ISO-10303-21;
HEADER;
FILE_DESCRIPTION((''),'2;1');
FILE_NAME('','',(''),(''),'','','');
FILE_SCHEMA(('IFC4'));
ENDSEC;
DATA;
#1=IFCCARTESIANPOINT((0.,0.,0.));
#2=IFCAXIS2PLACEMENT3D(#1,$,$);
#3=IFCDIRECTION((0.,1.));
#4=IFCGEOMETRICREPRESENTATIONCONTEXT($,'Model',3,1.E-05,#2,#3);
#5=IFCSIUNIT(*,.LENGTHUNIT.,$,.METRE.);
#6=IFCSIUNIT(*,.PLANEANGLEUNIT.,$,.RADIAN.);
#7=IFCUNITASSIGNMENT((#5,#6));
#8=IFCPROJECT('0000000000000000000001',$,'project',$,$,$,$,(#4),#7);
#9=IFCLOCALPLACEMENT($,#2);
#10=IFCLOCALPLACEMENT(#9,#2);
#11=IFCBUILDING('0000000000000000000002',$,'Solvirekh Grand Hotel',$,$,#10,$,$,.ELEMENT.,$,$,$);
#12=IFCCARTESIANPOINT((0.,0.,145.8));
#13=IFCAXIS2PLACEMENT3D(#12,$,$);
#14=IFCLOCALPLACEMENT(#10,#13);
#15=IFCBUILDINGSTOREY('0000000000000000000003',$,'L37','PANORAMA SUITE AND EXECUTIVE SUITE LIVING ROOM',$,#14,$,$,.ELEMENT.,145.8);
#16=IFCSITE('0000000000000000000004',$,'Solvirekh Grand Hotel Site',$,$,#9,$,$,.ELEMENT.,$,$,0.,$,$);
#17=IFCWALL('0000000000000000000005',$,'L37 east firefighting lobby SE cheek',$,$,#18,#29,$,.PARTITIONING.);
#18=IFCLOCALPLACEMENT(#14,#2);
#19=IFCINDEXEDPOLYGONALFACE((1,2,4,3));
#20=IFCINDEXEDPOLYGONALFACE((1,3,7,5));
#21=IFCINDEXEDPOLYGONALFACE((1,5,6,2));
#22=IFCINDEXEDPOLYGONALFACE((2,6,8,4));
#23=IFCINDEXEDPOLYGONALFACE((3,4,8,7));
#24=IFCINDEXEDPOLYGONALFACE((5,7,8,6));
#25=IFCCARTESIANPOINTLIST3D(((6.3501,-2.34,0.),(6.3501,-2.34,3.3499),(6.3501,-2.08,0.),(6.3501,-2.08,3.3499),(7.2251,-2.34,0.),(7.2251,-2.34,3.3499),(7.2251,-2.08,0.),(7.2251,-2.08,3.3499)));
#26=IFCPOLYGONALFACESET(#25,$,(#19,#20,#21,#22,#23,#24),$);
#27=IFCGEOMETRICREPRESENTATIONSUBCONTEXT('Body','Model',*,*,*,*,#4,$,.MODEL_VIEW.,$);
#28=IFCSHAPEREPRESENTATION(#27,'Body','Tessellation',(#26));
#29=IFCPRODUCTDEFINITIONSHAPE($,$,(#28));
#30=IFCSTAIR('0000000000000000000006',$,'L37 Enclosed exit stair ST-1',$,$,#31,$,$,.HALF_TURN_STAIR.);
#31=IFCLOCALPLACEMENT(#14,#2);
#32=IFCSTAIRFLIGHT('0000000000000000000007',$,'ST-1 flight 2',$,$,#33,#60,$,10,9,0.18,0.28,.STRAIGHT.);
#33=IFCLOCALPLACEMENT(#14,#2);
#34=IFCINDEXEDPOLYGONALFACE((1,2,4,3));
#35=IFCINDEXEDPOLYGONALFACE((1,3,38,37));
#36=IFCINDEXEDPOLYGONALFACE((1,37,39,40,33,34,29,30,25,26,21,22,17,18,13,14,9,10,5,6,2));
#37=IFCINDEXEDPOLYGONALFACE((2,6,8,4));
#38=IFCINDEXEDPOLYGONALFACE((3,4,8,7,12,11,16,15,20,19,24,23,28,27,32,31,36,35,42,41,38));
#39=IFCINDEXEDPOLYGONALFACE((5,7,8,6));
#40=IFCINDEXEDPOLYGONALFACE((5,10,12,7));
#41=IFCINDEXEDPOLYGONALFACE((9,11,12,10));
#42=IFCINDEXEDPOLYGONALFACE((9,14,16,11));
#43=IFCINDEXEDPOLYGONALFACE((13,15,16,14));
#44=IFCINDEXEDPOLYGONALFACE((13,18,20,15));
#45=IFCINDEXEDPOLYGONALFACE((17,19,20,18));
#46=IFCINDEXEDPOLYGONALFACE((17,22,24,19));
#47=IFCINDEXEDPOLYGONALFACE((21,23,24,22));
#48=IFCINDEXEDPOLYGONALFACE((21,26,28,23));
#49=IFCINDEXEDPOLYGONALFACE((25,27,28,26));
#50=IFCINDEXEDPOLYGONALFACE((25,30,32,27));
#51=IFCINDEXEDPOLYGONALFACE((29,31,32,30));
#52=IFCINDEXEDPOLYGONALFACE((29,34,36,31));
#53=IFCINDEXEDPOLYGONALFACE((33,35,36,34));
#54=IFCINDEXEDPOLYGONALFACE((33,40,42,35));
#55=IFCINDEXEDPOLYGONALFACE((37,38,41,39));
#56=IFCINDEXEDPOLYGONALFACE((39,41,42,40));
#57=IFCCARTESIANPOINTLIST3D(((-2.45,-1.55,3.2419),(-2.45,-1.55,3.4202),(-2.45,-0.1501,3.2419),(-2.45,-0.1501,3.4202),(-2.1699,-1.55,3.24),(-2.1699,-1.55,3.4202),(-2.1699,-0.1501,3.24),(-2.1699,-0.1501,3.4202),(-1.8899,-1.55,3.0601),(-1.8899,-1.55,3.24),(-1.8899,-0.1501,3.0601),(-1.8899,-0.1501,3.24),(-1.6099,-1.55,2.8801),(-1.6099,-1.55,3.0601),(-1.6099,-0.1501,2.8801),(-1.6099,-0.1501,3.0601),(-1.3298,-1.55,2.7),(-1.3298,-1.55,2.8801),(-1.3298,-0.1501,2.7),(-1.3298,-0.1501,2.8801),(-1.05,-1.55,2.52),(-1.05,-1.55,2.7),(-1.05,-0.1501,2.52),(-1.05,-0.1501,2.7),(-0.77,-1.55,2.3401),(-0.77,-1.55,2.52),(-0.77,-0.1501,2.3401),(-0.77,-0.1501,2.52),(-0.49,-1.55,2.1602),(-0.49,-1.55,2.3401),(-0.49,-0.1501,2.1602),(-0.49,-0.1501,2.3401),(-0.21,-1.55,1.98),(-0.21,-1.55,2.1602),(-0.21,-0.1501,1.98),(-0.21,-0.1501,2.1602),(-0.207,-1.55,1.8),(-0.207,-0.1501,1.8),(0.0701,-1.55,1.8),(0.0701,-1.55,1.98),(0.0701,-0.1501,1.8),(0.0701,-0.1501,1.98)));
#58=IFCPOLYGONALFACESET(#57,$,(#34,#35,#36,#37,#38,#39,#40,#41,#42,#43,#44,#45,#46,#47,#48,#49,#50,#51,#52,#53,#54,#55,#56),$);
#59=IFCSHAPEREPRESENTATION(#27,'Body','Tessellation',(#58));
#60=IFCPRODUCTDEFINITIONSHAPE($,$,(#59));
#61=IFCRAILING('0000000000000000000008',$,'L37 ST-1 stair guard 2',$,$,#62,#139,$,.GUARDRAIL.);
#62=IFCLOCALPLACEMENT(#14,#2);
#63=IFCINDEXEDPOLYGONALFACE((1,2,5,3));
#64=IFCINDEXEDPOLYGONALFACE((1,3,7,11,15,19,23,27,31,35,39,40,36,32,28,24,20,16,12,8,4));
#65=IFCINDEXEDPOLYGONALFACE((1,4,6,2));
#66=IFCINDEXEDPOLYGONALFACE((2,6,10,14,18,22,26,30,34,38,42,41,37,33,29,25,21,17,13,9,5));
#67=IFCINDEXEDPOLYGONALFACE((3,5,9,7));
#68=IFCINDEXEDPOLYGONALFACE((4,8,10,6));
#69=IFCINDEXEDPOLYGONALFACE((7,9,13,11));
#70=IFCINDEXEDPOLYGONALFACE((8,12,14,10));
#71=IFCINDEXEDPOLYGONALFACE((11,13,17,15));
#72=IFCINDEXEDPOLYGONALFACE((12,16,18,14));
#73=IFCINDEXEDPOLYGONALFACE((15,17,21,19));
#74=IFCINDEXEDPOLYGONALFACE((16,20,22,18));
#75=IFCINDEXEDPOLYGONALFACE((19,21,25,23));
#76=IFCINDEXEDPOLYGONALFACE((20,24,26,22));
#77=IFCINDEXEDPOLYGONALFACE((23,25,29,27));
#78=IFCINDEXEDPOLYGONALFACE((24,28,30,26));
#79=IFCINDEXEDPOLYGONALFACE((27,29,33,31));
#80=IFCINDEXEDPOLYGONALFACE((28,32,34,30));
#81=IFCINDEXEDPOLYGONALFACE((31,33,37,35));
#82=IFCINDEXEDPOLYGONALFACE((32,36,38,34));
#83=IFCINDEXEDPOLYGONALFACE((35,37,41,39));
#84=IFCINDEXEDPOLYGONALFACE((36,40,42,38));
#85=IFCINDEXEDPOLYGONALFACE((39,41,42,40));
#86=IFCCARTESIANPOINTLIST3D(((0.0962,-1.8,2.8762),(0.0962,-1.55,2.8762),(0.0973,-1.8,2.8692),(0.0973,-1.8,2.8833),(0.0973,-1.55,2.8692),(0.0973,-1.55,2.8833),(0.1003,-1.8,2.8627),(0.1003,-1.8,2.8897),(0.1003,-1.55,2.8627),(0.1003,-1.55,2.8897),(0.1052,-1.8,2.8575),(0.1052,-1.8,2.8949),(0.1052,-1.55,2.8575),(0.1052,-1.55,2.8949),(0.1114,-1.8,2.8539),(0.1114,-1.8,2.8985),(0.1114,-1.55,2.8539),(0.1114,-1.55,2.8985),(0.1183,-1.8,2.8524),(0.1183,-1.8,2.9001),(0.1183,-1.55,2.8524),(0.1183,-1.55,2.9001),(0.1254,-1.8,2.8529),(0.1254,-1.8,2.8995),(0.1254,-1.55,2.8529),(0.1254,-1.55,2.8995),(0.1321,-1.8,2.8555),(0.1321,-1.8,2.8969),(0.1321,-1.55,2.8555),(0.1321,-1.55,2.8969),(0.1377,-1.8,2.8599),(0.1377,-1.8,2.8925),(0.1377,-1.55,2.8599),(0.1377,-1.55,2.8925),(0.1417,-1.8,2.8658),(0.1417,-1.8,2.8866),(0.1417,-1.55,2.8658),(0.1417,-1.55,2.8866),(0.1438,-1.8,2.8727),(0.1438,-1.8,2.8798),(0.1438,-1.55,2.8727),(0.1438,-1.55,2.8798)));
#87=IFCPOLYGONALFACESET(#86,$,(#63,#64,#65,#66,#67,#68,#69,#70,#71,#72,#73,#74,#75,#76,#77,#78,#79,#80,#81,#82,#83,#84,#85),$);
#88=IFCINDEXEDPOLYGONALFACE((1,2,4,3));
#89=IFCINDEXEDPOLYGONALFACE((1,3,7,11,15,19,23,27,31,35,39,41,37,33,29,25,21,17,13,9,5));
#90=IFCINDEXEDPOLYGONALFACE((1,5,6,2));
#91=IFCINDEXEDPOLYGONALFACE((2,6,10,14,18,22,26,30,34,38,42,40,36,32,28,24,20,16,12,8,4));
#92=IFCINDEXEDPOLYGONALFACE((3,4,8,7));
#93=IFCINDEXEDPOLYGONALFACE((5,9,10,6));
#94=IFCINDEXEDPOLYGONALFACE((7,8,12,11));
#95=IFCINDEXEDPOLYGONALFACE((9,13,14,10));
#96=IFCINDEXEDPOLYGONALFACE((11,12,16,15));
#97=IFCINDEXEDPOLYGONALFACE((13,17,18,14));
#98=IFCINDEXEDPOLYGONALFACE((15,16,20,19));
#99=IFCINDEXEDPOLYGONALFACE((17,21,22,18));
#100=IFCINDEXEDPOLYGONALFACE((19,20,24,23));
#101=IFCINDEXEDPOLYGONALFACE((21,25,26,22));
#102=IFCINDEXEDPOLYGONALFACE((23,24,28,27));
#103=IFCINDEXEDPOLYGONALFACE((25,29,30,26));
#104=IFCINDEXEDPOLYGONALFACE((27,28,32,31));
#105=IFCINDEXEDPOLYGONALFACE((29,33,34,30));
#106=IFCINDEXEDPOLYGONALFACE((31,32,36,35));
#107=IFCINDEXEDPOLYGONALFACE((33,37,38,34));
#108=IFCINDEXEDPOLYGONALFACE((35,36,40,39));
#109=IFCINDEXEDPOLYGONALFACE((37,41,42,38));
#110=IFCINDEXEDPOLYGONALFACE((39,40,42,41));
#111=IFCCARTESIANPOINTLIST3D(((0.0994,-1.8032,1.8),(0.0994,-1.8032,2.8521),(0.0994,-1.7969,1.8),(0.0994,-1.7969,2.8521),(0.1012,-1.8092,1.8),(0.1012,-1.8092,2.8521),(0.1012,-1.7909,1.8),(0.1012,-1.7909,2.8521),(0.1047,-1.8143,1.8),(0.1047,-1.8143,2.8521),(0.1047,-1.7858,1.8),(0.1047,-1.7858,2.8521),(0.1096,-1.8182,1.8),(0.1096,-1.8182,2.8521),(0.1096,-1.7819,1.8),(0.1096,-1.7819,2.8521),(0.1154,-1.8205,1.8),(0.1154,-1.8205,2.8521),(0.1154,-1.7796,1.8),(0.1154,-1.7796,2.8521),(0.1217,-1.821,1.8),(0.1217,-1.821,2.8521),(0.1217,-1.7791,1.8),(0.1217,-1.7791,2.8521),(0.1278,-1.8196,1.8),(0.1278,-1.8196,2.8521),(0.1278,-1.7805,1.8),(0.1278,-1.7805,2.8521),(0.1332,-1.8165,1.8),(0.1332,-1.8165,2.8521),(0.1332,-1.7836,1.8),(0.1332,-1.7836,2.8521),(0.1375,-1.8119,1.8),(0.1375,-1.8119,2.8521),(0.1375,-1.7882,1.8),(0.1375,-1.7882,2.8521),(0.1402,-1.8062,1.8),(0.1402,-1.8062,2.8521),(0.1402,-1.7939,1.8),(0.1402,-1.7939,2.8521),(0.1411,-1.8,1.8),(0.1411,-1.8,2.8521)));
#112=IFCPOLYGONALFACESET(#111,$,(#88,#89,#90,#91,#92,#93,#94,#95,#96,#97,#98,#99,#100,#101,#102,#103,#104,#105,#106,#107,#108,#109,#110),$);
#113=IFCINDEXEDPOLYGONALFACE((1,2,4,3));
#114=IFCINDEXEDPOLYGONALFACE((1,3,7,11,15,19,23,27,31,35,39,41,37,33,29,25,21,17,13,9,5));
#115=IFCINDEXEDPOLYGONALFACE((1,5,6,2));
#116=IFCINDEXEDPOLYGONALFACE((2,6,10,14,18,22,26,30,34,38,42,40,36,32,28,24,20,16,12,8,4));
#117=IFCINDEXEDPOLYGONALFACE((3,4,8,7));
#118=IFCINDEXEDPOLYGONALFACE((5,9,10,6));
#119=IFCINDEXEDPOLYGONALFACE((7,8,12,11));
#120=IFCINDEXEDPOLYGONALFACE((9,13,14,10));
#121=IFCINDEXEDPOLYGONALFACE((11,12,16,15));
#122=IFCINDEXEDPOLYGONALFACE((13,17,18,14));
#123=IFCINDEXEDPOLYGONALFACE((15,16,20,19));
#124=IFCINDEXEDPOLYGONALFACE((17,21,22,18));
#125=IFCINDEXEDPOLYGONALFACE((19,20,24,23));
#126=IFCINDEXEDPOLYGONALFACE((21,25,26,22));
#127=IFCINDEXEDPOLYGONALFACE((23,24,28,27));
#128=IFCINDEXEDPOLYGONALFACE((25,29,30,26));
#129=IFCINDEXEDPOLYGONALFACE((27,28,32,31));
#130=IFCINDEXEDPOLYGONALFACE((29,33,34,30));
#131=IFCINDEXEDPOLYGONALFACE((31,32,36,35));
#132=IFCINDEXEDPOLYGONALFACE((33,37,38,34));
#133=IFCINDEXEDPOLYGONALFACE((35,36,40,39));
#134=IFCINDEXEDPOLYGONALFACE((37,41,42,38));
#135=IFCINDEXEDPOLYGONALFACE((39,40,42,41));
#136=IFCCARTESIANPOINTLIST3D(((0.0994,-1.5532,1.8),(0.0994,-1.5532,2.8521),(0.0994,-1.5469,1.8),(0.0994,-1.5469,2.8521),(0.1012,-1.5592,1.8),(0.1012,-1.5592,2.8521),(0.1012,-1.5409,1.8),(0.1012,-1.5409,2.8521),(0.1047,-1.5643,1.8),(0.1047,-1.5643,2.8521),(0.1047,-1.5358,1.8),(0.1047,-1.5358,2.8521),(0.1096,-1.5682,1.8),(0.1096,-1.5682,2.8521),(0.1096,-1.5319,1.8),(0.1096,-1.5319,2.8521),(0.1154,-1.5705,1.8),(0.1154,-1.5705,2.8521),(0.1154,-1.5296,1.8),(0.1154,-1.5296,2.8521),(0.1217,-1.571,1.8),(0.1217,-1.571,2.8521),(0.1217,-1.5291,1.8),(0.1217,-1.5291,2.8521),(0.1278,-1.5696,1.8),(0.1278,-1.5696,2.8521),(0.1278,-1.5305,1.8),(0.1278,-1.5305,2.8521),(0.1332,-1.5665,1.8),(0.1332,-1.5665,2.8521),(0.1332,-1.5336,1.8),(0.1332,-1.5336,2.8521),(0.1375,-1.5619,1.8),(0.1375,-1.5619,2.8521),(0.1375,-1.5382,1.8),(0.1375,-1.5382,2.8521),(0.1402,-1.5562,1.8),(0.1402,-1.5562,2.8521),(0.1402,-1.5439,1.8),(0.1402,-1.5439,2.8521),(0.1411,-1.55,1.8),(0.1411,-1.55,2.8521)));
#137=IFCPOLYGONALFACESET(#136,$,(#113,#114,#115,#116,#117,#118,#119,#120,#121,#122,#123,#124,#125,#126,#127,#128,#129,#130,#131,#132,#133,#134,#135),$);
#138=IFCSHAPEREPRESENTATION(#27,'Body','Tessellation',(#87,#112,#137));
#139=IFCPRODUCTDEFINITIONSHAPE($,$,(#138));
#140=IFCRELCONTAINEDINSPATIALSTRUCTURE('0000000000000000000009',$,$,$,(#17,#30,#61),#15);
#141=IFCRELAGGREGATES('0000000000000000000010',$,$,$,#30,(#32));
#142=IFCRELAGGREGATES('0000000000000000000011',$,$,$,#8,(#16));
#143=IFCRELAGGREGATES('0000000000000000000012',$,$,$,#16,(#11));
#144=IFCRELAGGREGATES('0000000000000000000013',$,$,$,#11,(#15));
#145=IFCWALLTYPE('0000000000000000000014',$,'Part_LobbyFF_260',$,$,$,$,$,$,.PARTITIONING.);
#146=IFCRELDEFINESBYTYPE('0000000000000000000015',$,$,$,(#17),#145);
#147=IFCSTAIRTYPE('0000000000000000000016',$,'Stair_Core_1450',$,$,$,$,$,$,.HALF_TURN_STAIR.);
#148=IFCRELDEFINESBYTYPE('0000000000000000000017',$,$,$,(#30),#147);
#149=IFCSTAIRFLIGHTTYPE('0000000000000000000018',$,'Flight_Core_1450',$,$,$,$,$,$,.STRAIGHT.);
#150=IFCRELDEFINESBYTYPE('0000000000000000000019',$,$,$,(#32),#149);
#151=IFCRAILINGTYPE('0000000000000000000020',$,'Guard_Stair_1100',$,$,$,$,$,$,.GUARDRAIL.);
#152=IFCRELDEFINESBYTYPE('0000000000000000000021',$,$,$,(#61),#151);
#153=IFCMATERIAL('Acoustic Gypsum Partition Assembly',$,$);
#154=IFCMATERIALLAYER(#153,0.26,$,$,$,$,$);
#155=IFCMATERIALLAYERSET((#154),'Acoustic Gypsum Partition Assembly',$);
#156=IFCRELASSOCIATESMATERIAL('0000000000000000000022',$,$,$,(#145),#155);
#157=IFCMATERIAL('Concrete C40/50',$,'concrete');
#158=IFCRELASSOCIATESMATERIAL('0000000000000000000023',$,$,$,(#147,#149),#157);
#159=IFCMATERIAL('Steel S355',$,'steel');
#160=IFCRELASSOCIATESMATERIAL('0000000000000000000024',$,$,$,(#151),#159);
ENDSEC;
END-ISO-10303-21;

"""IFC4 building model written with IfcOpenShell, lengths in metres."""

from ifc_helpers import new_model, si_unit, direction, frame, frame_2d, origin, origin_2d, place, context, subcontext, project, spatial, polyline, rectangle, circle, outline, extrude, material, layer, layer_set, type_object, element, aggregate, save


model = new_model("IFC4")

# Units and contexts
model_context = context("Model", 3, precision=1e-05, world=origin(), true_north=direction((0.0, 1.0)))
body_context = subcontext(model_context, "Body", "Model", "MODEL_VIEW")
ifc_project = project(units=[si_unit("LENGTHUNIT", "METRE"), si_unit("PLANEANGLEUNIT", "RADIAN")], contexts=[model_context])

# Site, building, storey
site_placement = place(None, origin())
site = spatial("IfcSite", under=ifc_project, at=site_placement, Name="Solvirekh Grand Hotel Site", CompositionType="ELEMENT", RefElevation=0.0)
building_placement = place(site_placement, origin())
building = spatial("IfcBuilding", under=site, at=building_placement, Name="Solvirekh Grand Hotel", CompositionType="ELEMENT")
storey_placement = place(building_placement, frame((0.0, 0.0, 145.8)))
storey = spatial("IfcBuildingStorey", under=building, at=storey_placement, Name="L37", Description="PANORAMA SUITE AND EXECUTIVE SUITE LIVING ROOM", CompositionType="ELEMENT", Elevation=145.8)

# Shared definitions
ifc_material_1 = material(Name="Steel S355", Category="steel")

# Shared definitions
ifc_material_2 = material(Name="Concrete C40/50", Category="concrete")

# Shared definitions
ifc_material_3 = material(Name="Acoustic Gypsum Partition Assembly")

# Wall
ifc_layer_1 = layer(ifc_material_3, 0.26)
ifc_layer_set_1 = layer_set([ifc_layer_1], Name="Acoustic Gypsum Partition Assembly")
wall_type_1 = type_object("IfcWallType", Name="Part_LobbyFF_260", PredefinedType="PARTITIONING", material=ifc_layer_set_1)
wall_1_placement = place(storey_placement, frame((6.3501, -2.21, 0.0), z_axis=(0.0, 0.0, 1.0), x_axis=(1.0, 0.0, 0.0)))
element("IfcWall", 1, at=wall_1_placement, inside=storey, type_object=wall_type_1, Name="L37 east firefighting lobby SE cheek", PredefinedType="PARTITIONING", context=body_context, shape_type="SweptSolid", body=[
    extrude(rectangle(XDim=0.875, YDim=0.26, at=frame_2d((0.4375, 0.0))), origin(), (0.0, 0.0, 1.0), 3.3499),
])

# Stair, stair flight
stair_type = type_object("IfcStairType", Name="Stair_Core_1450", PredefinedType="HALF_TURN_STAIR", material=ifc_material_2)
stair_placement = place(storey_placement, origin())
stair = element("IfcStair", 2, at=stair_placement, inside=storey, type_object=stair_type, Name="L37 Enclosed exit stair ST-1", PredefinedType="HALF_TURN_STAIR")
stair_flight_type = type_object("IfcStairFlightType", Name="Flight_Core_1450", PredefinedType="STRAIGHT", material=ifc_material_2)
stair_flight_placement = place(storey_placement, frame((0.0701, -0.8501, 1.8), z_axis=(0.0, 0.0, 1.0), x_axis=(-1.0, 0.0, 0.0)))
stair_flight = element("IfcStairFlight", 3, at=stair_flight_placement, type_object=stair_flight_type, Name="ST-1 flight 2", NumberOfRisers=10, NumberOfTreads=9, PredefinedType="STRAIGHT", RiserHeight=0.18, TreadLength=0.28, context=body_context, shape_type="SweptSolid", body=[
    extrude(outline(polyline([(0.0, 0.0), (0.0, 0.1799), (0.28, 0.1799), (0.28, 0.3601), (0.5601, 0.3601), (0.5601, 0.54), (0.8401, 0.54), (0.8401, 0.72), (1.1201, 0.72), (1.1201, 0.8999), (1.3999, 0.8999), (1.3999, 1.0801), (1.6799, 1.0801), (1.6799, 1.26), (1.96, 1.26), (1.96, 1.4399), (2.24, 1.4399), (2.24, 1.6201), (2.52, 1.6201), (2.52, 1.8), (2.52, 1.4419), (0.2771, 0.0), (0.0, 0.0)])), frame((0.0, 0.7, 0.0), z_axis=(0.0, -1.0, 0.0), x_axis=(1.0, 0.0, 0.0)), (0.0, 0.0, 1.0), 1.3999),
])
aggregate(stair, [stair_flight])

# Railing
railing_type = type_object("IfcRailingType", Name="Guard_Stair_1100", PredefinedType="GUARDRAIL", material=ifc_material_1)
railing_1_placement = place(storey_placement, frame((0.1201, -1.8, 1.8)))
element("IfcRailing", 4, at=railing_1_placement, inside=storey, type_object=railing_type, Name="L37 ST-1 stair guard 2", PredefinedType="GUARDRAIL", context=body_context, shape_type="SweptSolid", body=[
    extrude(circle(Radius=0.0239, at=origin_2d()), frame((0.0, 0.0, 1.0762), z_axis=(0.0, 1.0, 0.0), x_axis=(-1.0, 0.0, 0.0)), (0.0, 0.0, 1.0), 0.25),
    extrude(circle(Radius=0.021, at=origin_2d()), origin(), (0.0, 0.0, 1.0), 1.052),
    extrude(circle(Radius=0.021, at=origin_2d()), frame((0.0, 0.25, 0.0)), (0.0, 0.0, 1.0), 1.052),
])

save(model, "model.ifc")
